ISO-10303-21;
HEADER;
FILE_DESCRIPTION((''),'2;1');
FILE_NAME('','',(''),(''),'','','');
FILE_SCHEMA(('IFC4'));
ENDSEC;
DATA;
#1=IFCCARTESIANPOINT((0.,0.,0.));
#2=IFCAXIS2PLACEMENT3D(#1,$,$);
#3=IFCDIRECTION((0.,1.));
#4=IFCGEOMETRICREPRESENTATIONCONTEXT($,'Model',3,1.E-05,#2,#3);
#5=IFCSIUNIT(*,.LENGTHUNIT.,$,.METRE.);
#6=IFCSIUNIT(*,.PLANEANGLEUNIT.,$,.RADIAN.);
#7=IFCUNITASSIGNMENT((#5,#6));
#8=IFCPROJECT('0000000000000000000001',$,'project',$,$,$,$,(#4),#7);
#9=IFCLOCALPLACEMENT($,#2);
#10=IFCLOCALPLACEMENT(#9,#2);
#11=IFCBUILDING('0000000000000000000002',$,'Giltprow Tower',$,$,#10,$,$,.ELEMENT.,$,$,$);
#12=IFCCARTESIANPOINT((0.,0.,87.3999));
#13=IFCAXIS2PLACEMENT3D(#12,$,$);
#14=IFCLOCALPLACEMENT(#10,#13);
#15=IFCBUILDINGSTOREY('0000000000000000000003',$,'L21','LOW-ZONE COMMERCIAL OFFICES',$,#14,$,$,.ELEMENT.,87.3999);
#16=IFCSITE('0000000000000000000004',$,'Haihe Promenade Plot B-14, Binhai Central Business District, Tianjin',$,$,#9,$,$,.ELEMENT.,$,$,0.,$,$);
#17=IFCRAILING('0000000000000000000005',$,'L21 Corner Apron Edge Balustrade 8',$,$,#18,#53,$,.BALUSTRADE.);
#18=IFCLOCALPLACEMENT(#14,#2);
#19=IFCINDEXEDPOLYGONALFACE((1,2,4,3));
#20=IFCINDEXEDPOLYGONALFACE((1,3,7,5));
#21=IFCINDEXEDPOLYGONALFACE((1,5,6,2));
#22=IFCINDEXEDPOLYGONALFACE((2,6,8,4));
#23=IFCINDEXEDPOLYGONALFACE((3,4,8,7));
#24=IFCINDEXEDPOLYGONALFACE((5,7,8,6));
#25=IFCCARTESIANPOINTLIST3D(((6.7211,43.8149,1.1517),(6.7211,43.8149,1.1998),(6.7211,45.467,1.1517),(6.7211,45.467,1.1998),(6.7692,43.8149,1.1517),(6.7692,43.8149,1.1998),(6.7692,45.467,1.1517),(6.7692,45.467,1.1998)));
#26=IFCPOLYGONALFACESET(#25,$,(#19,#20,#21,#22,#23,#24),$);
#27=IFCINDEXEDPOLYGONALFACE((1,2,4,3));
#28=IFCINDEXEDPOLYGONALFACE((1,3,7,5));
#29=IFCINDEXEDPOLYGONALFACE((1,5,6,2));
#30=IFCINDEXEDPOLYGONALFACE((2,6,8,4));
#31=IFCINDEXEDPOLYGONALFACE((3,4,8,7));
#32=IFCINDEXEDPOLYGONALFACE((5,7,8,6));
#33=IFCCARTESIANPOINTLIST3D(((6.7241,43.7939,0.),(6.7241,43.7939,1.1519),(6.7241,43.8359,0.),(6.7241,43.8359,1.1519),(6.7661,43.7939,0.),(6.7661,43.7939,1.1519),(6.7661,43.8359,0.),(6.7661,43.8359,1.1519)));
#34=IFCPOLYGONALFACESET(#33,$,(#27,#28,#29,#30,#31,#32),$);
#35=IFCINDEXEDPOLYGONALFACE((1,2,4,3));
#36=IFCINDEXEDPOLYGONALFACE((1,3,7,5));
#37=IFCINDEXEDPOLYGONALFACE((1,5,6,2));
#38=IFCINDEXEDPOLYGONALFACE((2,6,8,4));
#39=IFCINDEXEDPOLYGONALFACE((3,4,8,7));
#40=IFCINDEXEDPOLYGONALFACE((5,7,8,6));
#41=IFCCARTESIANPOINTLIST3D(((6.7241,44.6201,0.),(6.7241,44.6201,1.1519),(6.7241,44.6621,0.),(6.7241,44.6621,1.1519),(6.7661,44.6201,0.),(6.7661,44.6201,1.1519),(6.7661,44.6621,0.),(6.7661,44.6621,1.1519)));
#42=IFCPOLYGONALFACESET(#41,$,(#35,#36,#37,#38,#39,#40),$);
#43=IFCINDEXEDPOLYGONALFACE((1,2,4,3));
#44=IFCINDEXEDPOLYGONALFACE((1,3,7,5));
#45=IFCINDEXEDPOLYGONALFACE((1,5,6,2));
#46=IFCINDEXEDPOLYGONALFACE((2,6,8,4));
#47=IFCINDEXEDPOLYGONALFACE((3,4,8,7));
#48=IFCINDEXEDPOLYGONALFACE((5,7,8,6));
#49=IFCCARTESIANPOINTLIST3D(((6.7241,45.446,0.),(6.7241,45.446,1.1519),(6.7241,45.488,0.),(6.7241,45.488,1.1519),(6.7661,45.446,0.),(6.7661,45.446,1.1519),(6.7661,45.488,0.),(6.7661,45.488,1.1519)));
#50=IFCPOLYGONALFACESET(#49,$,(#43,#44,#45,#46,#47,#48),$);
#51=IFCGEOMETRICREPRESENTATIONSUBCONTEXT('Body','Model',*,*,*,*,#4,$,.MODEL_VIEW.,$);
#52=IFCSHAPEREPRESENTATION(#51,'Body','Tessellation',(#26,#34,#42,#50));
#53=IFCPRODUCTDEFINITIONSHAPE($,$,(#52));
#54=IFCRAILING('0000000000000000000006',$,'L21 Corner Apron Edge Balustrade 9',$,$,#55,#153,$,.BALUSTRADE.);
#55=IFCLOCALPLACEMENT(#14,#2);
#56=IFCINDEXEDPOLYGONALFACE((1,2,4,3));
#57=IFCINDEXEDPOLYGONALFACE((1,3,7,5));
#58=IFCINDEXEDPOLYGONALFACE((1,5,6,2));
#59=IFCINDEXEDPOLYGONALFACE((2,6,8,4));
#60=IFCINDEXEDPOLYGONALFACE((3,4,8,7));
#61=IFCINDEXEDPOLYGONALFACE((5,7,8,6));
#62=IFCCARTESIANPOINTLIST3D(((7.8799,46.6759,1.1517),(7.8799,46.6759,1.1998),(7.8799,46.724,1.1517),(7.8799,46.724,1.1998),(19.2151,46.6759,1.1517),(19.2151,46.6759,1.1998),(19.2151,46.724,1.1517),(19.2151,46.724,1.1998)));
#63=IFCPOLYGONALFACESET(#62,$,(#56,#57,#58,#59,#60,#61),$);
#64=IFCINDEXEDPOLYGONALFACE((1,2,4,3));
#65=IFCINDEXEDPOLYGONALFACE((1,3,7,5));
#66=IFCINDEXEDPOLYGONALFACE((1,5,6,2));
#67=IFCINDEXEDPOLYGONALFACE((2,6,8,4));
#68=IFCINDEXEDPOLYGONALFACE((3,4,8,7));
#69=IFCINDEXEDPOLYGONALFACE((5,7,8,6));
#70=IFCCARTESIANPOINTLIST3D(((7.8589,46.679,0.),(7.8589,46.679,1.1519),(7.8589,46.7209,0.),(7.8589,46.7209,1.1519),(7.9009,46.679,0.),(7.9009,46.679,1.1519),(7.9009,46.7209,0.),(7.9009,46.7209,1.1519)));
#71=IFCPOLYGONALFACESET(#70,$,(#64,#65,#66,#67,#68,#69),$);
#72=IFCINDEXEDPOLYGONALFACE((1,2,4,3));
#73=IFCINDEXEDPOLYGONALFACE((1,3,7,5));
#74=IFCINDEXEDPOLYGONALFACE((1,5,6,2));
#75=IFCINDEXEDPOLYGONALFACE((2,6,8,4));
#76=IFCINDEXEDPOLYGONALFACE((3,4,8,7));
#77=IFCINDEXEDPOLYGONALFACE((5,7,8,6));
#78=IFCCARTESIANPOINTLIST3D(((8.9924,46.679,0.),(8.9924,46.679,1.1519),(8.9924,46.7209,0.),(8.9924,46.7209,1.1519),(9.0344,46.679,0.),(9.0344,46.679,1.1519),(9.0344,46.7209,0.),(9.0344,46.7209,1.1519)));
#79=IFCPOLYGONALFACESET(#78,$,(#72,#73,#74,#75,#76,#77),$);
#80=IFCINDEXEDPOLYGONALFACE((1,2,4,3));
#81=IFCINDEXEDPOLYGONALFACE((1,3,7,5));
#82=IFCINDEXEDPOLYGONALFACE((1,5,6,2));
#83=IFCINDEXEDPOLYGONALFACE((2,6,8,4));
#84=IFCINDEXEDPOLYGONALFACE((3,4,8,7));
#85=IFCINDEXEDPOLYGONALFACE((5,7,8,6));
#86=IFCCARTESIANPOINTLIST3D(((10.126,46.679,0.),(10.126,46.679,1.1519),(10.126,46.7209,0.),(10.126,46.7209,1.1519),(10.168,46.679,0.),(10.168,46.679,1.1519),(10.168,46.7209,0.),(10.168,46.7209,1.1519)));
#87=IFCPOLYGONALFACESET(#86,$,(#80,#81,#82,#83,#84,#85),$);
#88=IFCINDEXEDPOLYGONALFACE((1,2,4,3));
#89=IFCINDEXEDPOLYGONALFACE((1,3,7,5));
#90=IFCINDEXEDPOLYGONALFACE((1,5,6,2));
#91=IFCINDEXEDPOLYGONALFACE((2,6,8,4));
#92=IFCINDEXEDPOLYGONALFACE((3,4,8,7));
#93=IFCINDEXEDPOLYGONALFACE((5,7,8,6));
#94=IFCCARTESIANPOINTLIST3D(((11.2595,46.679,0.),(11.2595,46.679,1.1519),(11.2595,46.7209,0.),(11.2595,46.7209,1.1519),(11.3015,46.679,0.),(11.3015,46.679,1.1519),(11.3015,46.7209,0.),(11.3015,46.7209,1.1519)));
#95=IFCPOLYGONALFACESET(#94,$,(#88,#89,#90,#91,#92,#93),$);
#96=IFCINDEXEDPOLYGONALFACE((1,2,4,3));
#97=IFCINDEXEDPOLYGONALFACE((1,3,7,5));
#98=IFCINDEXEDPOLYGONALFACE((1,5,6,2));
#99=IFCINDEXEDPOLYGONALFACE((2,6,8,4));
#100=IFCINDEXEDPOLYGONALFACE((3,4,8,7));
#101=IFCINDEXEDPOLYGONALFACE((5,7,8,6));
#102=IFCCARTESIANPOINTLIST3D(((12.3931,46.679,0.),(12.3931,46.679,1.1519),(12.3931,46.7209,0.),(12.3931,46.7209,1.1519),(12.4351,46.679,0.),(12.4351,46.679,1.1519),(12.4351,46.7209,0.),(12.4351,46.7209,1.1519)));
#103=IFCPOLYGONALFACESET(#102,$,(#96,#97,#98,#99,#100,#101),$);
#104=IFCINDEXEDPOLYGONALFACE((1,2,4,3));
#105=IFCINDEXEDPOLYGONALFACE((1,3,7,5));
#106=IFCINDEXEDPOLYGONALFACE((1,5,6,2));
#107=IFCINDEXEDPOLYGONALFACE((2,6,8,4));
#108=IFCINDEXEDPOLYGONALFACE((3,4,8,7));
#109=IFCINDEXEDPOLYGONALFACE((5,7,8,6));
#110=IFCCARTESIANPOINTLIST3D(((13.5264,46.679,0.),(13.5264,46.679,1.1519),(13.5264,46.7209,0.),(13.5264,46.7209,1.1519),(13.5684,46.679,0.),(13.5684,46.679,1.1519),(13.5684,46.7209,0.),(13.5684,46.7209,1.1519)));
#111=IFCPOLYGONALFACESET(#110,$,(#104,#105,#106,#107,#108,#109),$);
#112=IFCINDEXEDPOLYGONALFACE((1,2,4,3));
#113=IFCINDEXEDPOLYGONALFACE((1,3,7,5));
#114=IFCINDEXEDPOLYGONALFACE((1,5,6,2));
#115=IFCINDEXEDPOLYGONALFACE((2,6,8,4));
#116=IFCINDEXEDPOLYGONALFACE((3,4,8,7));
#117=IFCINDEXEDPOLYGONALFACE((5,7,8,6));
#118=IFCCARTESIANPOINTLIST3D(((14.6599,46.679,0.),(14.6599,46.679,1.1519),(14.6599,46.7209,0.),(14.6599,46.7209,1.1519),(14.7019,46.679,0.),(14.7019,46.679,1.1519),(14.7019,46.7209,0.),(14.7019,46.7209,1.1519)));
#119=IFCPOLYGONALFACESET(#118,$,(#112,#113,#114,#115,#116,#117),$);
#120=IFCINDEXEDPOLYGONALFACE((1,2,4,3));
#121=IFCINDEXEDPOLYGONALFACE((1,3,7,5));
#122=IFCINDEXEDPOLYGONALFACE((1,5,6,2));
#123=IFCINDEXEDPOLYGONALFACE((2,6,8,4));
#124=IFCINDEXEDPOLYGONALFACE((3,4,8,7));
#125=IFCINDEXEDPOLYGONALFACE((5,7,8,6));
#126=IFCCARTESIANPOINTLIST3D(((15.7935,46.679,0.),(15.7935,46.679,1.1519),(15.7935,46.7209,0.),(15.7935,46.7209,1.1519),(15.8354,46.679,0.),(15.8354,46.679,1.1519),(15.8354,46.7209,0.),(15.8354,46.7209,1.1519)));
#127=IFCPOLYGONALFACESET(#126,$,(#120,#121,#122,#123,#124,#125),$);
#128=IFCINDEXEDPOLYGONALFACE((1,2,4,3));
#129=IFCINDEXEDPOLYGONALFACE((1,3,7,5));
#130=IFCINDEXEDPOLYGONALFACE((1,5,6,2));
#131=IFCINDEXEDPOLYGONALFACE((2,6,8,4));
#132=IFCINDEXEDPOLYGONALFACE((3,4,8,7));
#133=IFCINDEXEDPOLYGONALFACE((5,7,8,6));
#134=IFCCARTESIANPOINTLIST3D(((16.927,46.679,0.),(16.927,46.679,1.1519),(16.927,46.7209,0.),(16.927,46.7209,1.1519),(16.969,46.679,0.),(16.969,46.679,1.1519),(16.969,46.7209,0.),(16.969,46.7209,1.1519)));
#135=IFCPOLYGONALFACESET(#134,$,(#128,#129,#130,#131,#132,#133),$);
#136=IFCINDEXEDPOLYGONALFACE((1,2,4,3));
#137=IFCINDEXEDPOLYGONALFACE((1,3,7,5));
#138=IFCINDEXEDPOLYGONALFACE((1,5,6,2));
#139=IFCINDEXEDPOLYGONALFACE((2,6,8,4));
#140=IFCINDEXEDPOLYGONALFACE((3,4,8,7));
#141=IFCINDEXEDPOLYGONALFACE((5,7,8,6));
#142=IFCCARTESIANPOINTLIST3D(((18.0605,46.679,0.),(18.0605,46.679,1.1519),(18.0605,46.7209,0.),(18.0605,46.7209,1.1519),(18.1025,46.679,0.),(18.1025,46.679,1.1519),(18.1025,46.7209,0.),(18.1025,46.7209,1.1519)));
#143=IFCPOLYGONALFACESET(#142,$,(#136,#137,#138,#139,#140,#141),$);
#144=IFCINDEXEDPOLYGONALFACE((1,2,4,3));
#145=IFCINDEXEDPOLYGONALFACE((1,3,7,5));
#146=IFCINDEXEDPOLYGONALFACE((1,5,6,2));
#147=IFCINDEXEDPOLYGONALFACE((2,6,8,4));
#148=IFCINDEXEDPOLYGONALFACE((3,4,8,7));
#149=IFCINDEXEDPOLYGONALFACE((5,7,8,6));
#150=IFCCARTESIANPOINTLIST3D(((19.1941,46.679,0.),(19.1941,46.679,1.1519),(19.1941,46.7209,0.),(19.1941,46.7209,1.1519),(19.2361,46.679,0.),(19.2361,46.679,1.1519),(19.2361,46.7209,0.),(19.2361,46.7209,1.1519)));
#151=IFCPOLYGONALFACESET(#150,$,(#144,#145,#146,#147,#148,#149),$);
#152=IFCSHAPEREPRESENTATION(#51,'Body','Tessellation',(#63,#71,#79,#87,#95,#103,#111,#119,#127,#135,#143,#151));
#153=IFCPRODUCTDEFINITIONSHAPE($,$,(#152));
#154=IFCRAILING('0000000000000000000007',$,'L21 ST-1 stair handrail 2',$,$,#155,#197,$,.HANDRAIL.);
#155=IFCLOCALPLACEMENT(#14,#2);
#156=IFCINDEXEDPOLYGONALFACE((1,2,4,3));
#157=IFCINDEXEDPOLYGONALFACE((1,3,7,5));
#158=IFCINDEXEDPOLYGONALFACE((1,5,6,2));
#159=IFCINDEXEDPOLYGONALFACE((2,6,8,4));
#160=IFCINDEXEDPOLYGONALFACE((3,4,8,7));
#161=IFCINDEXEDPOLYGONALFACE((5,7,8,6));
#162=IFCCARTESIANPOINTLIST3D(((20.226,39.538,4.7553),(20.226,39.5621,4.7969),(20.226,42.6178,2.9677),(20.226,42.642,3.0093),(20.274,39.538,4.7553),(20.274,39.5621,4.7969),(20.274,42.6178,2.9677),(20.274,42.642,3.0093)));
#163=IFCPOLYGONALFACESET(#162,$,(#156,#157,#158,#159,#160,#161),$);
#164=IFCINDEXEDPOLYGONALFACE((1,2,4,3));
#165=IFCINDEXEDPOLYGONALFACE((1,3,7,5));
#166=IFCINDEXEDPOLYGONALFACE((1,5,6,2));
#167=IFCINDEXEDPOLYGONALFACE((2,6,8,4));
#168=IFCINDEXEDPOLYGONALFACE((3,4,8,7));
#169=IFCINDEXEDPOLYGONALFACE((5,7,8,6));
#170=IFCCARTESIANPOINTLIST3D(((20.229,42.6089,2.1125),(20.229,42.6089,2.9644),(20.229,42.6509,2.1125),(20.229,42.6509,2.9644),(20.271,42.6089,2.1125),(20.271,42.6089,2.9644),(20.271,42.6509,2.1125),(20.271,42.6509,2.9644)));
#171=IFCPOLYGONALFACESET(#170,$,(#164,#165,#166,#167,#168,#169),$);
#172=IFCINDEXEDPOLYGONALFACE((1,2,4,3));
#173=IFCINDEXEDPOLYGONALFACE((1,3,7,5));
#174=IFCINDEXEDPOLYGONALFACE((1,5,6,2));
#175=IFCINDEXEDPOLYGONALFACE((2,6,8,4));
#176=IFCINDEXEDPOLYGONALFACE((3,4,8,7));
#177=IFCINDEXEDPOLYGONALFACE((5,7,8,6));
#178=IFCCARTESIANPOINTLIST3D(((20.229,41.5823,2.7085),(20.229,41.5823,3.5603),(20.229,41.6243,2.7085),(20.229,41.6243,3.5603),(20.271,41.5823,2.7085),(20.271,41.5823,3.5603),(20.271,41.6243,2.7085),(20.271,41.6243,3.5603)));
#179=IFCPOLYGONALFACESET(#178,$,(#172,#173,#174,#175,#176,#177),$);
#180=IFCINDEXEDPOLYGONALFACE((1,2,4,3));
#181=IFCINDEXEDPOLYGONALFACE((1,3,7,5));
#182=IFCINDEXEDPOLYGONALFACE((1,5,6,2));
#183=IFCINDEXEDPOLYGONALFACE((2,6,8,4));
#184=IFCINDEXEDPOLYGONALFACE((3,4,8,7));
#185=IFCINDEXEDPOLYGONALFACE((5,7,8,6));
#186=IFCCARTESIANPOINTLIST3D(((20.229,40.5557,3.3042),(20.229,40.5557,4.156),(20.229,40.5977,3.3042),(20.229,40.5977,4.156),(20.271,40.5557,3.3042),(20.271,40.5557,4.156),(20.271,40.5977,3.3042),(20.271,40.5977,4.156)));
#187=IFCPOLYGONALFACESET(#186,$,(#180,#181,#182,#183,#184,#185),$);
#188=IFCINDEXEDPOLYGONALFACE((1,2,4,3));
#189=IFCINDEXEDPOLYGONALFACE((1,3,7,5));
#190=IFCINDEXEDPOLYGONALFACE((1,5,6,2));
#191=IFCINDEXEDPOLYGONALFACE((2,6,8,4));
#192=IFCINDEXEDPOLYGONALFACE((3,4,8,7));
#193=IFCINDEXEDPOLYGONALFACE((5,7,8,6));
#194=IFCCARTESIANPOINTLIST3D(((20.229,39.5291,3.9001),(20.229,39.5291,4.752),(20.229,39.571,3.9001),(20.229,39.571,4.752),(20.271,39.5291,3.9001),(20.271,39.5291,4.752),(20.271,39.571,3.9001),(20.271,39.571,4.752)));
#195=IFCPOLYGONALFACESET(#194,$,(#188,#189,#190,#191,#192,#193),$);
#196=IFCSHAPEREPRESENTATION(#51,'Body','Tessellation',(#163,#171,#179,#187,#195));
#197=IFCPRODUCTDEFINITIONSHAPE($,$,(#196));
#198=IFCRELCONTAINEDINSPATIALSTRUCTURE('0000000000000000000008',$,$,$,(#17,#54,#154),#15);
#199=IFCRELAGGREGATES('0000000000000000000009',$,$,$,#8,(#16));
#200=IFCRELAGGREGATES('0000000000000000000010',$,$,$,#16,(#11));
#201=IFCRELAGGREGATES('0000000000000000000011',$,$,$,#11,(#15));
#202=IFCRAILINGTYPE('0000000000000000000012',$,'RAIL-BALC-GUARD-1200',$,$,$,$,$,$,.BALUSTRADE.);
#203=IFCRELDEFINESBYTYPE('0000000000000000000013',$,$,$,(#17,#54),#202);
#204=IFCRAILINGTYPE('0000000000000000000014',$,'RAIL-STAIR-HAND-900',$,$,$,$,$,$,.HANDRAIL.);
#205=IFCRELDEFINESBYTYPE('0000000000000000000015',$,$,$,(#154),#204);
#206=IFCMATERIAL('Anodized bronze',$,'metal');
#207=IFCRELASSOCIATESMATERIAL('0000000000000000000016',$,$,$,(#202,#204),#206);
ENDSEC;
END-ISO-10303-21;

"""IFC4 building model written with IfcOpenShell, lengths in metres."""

from ifc_helpers import new_model, si_unit, direction, frame, origin, origin_2d, place, context, subcontext, project, spatial, rectangle, extrude, material, type_object, element, save


model = new_model("IFC4")

# Units and contexts
model_context = context("Model", 3, precision=1e-05, world=origin(), true_north=direction((0.0, 1.0)))
body_context = subcontext(model_context, "Body", "Model", "MODEL_VIEW")
ifc_project = project(units=[si_unit("LENGTHUNIT", "METRE"), si_unit("PLANEANGLEUNIT", "RADIAN")], contexts=[model_context])

# Site, building, storey
site_placement = place(None, origin())
site = spatial("IfcSite", under=ifc_project, at=site_placement, Name="Haihe Promenade Plot B-14, Binhai Central Business District, Tianjin", CompositionType="ELEMENT", RefElevation=0.0)
building_placement = place(site_placement, origin())
building = spatial("IfcBuilding", under=site, at=building_placement, Name="Giltprow Tower", CompositionType="ELEMENT")
storey_placement = place(building_placement, frame((0.0, 0.0, 87.3999)))
storey = spatial("IfcBuildingStorey", under=building, at=storey_placement, Name="L21", Description="LOW-ZONE COMMERCIAL OFFICES", CompositionType="ELEMENT", Elevation=87.3999)

# Railings
ifc_material_1 = material(Name="Anodized bronze", Category="metal")
railing_type_1 = type_object("IfcRailingType", Name="RAIL-BALC-GUARD-1200", PredefinedType="BALUSTRADE", material=ifc_material_1)
railing_1_placement = place(storey_placement, frame((6.7451, 43.8149, 0.0)))
element("IfcRailing", 1, at=railing_1_placement, inside=storey, type_object=railing_type_1, Name="L21 Corner Apron Edge Balustrade 8", PredefinedType="BALUSTRADE", context=body_context, shape_type="SweptSolid", body=[
    extrude(rectangle(XDim=0.0481, YDim=0.0481, at=origin_2d()), frame((0.0, 0.0, 1.1758), z_axis=(0.0, 1.0, 0.0), x_axis=(-1.0, 0.0, 0.0)), (0.0, 0.0, 1.0), 1.6521),
    extrude(rectangle(XDim=0.042, YDim=0.042, at=origin_2d()), origin(), (0.0, 0.0, 1.0), 1.1519),
    extrude(rectangle(XDim=0.042, YDim=0.042, at=origin_2d()), frame((0.0, 0.8262, 0.0)), (0.0, 0.0, 1.0), 1.1519),
    extrude(rectangle(XDim=0.042, YDim=0.042, at=origin_2d()), frame((0.0, 1.6521, 0.0)), (0.0, 0.0, 1.0), 1.1519),
])
railing_2_placement = place(storey_placement, frame((7.8799, 46.7, 0.0)))
element("IfcRailing", 2, at=railing_2_placement, inside=storey, type_object=railing_type_1, Name="L21 Corner Apron Edge Balustrade 9", PredefinedType="BALUSTRADE", context=body_context, shape_type="SweptSolid", body=[
    extrude(rectangle(XDim=0.0481, YDim=0.0481, at=origin_2d()), frame((0.0, 0.0, 1.1758), z_axis=(1.0, 0.0, 0.0), x_axis=(0.0, 1.0, 0.0)), (0.0, 0.0, 1.0), 11.3352),
    extrude(rectangle(XDim=0.042, YDim=0.042, at=origin_2d()), origin(), (0.0, 0.0, 1.0), 1.1519),
    extrude(rectangle(XDim=0.042, YDim=0.042, at=origin_2d()), frame((1.1335, 0.0, 0.0)), (0.0, 0.0, 1.0), 1.1519),
    extrude(rectangle(XDim=0.042, YDim=0.042, at=origin_2d()), frame((2.2671, 0.0, 0.0)), (0.0, 0.0, 1.0), 1.1519),
    extrude(rectangle(XDim=0.042, YDim=0.042, at=origin_2d()), frame((3.4006, 0.0, 0.0)), (0.0, 0.0, 1.0), 1.1519),
    extrude(rectangle(XDim=0.042, YDim=0.042, at=origin_2d()), frame((4.5342, 0.0, 0.0)), (0.0, 0.0, 1.0), 1.1519),
    extrude(rectangle(XDim=0.042, YDim=0.042, at=origin_2d()), frame((5.6675, 0.0, 0.0)), (0.0, 0.0, 1.0), 1.1519),
    extrude(rectangle(XDim=0.042, YDim=0.042, at=origin_2d()), frame((6.801, 0.0, 0.0)), (0.0, 0.0, 1.0), 1.1519),
    extrude(rectangle(XDim=0.042, YDim=0.042, at=origin_2d()), frame((7.9346, 0.0, 0.0)), (0.0, 0.0, 1.0), 1.1519),
    extrude(rectangle(XDim=0.042, YDim=0.042, at=origin_2d()), frame((9.0681, 0.0, 0.0)), (0.0, 0.0, 1.0), 1.1519),
    extrude(rectangle(XDim=0.042, YDim=0.042, at=origin_2d()), frame((10.2017, 0.0, 0.0)), (0.0, 0.0, 1.0), 1.1519),
    extrude(rectangle(XDim=0.042, YDim=0.042, at=origin_2d()), frame((11.3352, 0.0, 0.0)), (0.0, 0.0, 1.0), 1.1519),
])
railing_type_2 = type_object("IfcRailingType", Name="RAIL-STAIR-HAND-900", PredefinedType="HANDRAIL", material=ifc_material_1)
railing_3_placement = place(storey_placement, frame((20.25, 42.6299, 2.1125)))
element("IfcRailing", 3, at=railing_3_placement, inside=storey, type_object=railing_type_2, Name="L21 ST-1 stair handrail 2", PredefinedType="HANDRAIL", context=body_context, shape_type="SweptSolid", body=[
    extrude(rectangle(XDim=0.0481, YDim=0.0481, at=origin_2d()), frame((0.0, 0.0, 0.876), z_axis=(0.0, -0.864873, 0.50199), x_axis=(1.0, 0.0, 0.0)), (0.0, 0.0, 1.0), 3.561),
    extrude(rectangle(XDim=0.042, YDim=0.042, at=origin_2d()), origin(), (0.0, 0.0, 1.0), 0.8518),
    extrude(rectangle(XDim=0.042, YDim=0.042, at=origin_2d()), frame((0.0, -1.0266, 0.5959)), (0.0, 0.0, 1.0), 0.8518),
    extrude(rectangle(XDim=0.042, YDim=0.042, at=origin_2d()), frame((0.0, -2.0532, 1.1917)), (0.0, 0.0, 1.0), 0.8518),
    extrude(rectangle(XDim=0.042, YDim=0.042, at=origin_2d()), frame((0.0, -3.0798, 1.7876)), (0.0, 0.0, 1.0), 0.8518),
])

save(model, "model.ifc")
